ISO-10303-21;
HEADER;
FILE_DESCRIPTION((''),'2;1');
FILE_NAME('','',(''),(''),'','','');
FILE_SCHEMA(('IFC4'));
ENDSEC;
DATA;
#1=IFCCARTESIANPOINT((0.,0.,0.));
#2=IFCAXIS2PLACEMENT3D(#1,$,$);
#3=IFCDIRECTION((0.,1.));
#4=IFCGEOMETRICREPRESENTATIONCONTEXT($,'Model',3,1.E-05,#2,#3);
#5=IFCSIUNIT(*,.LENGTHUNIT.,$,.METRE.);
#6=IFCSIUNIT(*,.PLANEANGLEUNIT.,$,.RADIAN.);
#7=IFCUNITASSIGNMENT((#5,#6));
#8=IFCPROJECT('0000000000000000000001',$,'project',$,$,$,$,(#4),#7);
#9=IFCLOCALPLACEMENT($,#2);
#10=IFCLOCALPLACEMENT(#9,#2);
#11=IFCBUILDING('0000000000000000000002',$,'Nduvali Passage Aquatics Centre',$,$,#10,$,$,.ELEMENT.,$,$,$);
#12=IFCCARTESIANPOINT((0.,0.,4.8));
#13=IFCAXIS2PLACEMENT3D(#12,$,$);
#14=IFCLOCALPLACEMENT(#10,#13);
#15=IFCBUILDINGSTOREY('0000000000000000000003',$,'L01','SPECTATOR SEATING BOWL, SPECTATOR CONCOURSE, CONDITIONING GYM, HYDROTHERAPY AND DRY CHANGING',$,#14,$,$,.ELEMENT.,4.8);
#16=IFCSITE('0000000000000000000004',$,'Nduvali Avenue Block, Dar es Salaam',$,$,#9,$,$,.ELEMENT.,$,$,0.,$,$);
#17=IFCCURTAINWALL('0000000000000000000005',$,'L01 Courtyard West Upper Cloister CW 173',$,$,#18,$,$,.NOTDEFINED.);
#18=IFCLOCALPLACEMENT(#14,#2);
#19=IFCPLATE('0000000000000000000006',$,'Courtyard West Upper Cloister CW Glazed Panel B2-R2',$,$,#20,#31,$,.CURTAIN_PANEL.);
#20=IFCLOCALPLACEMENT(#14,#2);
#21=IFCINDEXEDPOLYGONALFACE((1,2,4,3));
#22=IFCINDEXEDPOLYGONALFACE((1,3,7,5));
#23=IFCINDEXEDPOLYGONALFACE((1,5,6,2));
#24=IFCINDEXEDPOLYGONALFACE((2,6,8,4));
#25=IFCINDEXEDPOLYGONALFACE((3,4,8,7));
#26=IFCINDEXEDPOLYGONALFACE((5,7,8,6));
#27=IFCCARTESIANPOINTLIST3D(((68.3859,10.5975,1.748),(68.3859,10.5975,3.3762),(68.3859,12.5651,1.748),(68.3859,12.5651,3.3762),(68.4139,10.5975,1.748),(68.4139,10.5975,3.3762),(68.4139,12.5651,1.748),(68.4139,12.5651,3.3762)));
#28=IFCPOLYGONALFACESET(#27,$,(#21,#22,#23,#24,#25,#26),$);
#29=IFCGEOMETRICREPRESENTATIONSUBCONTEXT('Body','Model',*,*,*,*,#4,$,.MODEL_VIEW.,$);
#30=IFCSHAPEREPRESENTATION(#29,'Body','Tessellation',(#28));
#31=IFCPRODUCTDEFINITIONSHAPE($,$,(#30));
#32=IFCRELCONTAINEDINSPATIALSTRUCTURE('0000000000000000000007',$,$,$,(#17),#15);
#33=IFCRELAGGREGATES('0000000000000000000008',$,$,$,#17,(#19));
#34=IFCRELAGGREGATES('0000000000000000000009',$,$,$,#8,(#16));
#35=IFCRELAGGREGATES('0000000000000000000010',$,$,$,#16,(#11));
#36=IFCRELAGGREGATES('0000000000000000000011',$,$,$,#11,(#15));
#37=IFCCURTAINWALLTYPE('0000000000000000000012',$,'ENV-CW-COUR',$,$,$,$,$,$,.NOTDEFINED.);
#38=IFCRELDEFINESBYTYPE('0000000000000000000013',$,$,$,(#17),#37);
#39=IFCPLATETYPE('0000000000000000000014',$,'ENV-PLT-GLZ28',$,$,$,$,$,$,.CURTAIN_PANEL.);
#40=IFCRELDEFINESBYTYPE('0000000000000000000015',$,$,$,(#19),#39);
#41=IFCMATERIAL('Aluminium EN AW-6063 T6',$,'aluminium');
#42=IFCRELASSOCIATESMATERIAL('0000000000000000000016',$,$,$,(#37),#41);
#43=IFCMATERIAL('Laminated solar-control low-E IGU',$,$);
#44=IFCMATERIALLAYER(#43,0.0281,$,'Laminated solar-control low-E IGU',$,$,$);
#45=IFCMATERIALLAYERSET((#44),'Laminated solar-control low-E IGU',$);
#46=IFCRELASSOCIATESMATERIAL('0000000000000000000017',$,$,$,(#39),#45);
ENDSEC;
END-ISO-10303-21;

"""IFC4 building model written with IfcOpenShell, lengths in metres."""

from ifc_helpers import new_model, si_unit, direction, frame, origin, origin_2d, place, context, subcontext, project, spatial, rectangle, extrude, material, layer, layer_set, type_object, element, aggregate, save


model = new_model("IFC4")

# Units and contexts
model_context = context("Model", 3, precision=1e-05, world=origin(), true_north=direction((0.0, 1.0)))
body_context = subcontext(model_context, "Body", "Model", "MODEL_VIEW")
ifc_project = project(units=[si_unit("LENGTHUNIT", "METRE"), si_unit("PLANEANGLEUNIT", "RADIAN")], contexts=[model_context])

# Site, building, storey
site_placement = place(None, origin())
site = spatial("IfcSite", under=ifc_project, at=site_placement, Name="Nduvali Avenue Block, Dar es Salaam", CompositionType="ELEMENT", RefElevation=0.0)
building_placement = place(site_placement, origin())
building = spatial("IfcBuilding", under=site, at=building_placement, Name="Nduvali Passage Aquatics Centre", CompositionType="ELEMENT")
storey_placement = place(building_placement, frame((0.0, 0.0, 4.8)))
storey = spatial("IfcBuildingStorey", under=building, at=storey_placement, Name="L01", Description="SPECTATOR SEATING BOWL, SPECTATOR CONCOURSE, CONDITIONING GYM, HYDROTHERAPY AND DRY CHANGING", CompositionType="ELEMENT", Elevation=4.8)

# Curtain wall
ifc_material_1 = material(Name="Aluminium EN AW-6063 T6", Category="aluminium")
curtain_wall_type = type_object("IfcCurtainWallType", Name="ENV-CW-COUR", PredefinedType="NOTDEFINED", material=ifc_material_1)
curtain_wall_1_placement = place(storey_placement, origin())
curtain_wall_1 = element("IfcCurtainWall", 1, at=curtain_wall_1_placement, inside=storey, type_object=curtain_wall_type, Name="L01 Courtyard West Upper Cloister CW 173", PredefinedType="NOTDEFINED")

# Plate
ifc_material_2 = material(Name="Laminated solar-control low-E IGU")
ifc_layer = layer(ifc_material_2, 0.0281, Name="Laminated solar-control low-E IGU")
ifc_layer_set = layer_set([ifc_layer], Name="Laminated solar-control low-E IGU")
plate_type = type_object("IfcPlateType", Name="ENV-PLT-GLZ28", PredefinedType="CURTAIN_PANEL", material=ifc_layer_set)
plate_1_placement = place(storey_placement, frame((68.3999, 11.5813, 1.748), z_axis=(0.0, 0.0, 1.0), x_axis=(0.0, 1.0, 0.0)))
plate_1 = element("IfcPlate", 2, at=plate_1_placement, type_object=plate_type, Name="Courtyard West Upper Cloister CW Glazed Panel B2-R2", PredefinedType="CURTAIN_PANEL", context=body_context, shape_type="SweptSolid", body=[
    extrude(rectangle(XDim=1.9675, YDim=0.0281, at=origin_2d()), origin(), (0.0, 0.0, 1.0), 1.6282),
])
aggregate(curtain_wall_1, [plate_1])

save(model, "model.ifc")
